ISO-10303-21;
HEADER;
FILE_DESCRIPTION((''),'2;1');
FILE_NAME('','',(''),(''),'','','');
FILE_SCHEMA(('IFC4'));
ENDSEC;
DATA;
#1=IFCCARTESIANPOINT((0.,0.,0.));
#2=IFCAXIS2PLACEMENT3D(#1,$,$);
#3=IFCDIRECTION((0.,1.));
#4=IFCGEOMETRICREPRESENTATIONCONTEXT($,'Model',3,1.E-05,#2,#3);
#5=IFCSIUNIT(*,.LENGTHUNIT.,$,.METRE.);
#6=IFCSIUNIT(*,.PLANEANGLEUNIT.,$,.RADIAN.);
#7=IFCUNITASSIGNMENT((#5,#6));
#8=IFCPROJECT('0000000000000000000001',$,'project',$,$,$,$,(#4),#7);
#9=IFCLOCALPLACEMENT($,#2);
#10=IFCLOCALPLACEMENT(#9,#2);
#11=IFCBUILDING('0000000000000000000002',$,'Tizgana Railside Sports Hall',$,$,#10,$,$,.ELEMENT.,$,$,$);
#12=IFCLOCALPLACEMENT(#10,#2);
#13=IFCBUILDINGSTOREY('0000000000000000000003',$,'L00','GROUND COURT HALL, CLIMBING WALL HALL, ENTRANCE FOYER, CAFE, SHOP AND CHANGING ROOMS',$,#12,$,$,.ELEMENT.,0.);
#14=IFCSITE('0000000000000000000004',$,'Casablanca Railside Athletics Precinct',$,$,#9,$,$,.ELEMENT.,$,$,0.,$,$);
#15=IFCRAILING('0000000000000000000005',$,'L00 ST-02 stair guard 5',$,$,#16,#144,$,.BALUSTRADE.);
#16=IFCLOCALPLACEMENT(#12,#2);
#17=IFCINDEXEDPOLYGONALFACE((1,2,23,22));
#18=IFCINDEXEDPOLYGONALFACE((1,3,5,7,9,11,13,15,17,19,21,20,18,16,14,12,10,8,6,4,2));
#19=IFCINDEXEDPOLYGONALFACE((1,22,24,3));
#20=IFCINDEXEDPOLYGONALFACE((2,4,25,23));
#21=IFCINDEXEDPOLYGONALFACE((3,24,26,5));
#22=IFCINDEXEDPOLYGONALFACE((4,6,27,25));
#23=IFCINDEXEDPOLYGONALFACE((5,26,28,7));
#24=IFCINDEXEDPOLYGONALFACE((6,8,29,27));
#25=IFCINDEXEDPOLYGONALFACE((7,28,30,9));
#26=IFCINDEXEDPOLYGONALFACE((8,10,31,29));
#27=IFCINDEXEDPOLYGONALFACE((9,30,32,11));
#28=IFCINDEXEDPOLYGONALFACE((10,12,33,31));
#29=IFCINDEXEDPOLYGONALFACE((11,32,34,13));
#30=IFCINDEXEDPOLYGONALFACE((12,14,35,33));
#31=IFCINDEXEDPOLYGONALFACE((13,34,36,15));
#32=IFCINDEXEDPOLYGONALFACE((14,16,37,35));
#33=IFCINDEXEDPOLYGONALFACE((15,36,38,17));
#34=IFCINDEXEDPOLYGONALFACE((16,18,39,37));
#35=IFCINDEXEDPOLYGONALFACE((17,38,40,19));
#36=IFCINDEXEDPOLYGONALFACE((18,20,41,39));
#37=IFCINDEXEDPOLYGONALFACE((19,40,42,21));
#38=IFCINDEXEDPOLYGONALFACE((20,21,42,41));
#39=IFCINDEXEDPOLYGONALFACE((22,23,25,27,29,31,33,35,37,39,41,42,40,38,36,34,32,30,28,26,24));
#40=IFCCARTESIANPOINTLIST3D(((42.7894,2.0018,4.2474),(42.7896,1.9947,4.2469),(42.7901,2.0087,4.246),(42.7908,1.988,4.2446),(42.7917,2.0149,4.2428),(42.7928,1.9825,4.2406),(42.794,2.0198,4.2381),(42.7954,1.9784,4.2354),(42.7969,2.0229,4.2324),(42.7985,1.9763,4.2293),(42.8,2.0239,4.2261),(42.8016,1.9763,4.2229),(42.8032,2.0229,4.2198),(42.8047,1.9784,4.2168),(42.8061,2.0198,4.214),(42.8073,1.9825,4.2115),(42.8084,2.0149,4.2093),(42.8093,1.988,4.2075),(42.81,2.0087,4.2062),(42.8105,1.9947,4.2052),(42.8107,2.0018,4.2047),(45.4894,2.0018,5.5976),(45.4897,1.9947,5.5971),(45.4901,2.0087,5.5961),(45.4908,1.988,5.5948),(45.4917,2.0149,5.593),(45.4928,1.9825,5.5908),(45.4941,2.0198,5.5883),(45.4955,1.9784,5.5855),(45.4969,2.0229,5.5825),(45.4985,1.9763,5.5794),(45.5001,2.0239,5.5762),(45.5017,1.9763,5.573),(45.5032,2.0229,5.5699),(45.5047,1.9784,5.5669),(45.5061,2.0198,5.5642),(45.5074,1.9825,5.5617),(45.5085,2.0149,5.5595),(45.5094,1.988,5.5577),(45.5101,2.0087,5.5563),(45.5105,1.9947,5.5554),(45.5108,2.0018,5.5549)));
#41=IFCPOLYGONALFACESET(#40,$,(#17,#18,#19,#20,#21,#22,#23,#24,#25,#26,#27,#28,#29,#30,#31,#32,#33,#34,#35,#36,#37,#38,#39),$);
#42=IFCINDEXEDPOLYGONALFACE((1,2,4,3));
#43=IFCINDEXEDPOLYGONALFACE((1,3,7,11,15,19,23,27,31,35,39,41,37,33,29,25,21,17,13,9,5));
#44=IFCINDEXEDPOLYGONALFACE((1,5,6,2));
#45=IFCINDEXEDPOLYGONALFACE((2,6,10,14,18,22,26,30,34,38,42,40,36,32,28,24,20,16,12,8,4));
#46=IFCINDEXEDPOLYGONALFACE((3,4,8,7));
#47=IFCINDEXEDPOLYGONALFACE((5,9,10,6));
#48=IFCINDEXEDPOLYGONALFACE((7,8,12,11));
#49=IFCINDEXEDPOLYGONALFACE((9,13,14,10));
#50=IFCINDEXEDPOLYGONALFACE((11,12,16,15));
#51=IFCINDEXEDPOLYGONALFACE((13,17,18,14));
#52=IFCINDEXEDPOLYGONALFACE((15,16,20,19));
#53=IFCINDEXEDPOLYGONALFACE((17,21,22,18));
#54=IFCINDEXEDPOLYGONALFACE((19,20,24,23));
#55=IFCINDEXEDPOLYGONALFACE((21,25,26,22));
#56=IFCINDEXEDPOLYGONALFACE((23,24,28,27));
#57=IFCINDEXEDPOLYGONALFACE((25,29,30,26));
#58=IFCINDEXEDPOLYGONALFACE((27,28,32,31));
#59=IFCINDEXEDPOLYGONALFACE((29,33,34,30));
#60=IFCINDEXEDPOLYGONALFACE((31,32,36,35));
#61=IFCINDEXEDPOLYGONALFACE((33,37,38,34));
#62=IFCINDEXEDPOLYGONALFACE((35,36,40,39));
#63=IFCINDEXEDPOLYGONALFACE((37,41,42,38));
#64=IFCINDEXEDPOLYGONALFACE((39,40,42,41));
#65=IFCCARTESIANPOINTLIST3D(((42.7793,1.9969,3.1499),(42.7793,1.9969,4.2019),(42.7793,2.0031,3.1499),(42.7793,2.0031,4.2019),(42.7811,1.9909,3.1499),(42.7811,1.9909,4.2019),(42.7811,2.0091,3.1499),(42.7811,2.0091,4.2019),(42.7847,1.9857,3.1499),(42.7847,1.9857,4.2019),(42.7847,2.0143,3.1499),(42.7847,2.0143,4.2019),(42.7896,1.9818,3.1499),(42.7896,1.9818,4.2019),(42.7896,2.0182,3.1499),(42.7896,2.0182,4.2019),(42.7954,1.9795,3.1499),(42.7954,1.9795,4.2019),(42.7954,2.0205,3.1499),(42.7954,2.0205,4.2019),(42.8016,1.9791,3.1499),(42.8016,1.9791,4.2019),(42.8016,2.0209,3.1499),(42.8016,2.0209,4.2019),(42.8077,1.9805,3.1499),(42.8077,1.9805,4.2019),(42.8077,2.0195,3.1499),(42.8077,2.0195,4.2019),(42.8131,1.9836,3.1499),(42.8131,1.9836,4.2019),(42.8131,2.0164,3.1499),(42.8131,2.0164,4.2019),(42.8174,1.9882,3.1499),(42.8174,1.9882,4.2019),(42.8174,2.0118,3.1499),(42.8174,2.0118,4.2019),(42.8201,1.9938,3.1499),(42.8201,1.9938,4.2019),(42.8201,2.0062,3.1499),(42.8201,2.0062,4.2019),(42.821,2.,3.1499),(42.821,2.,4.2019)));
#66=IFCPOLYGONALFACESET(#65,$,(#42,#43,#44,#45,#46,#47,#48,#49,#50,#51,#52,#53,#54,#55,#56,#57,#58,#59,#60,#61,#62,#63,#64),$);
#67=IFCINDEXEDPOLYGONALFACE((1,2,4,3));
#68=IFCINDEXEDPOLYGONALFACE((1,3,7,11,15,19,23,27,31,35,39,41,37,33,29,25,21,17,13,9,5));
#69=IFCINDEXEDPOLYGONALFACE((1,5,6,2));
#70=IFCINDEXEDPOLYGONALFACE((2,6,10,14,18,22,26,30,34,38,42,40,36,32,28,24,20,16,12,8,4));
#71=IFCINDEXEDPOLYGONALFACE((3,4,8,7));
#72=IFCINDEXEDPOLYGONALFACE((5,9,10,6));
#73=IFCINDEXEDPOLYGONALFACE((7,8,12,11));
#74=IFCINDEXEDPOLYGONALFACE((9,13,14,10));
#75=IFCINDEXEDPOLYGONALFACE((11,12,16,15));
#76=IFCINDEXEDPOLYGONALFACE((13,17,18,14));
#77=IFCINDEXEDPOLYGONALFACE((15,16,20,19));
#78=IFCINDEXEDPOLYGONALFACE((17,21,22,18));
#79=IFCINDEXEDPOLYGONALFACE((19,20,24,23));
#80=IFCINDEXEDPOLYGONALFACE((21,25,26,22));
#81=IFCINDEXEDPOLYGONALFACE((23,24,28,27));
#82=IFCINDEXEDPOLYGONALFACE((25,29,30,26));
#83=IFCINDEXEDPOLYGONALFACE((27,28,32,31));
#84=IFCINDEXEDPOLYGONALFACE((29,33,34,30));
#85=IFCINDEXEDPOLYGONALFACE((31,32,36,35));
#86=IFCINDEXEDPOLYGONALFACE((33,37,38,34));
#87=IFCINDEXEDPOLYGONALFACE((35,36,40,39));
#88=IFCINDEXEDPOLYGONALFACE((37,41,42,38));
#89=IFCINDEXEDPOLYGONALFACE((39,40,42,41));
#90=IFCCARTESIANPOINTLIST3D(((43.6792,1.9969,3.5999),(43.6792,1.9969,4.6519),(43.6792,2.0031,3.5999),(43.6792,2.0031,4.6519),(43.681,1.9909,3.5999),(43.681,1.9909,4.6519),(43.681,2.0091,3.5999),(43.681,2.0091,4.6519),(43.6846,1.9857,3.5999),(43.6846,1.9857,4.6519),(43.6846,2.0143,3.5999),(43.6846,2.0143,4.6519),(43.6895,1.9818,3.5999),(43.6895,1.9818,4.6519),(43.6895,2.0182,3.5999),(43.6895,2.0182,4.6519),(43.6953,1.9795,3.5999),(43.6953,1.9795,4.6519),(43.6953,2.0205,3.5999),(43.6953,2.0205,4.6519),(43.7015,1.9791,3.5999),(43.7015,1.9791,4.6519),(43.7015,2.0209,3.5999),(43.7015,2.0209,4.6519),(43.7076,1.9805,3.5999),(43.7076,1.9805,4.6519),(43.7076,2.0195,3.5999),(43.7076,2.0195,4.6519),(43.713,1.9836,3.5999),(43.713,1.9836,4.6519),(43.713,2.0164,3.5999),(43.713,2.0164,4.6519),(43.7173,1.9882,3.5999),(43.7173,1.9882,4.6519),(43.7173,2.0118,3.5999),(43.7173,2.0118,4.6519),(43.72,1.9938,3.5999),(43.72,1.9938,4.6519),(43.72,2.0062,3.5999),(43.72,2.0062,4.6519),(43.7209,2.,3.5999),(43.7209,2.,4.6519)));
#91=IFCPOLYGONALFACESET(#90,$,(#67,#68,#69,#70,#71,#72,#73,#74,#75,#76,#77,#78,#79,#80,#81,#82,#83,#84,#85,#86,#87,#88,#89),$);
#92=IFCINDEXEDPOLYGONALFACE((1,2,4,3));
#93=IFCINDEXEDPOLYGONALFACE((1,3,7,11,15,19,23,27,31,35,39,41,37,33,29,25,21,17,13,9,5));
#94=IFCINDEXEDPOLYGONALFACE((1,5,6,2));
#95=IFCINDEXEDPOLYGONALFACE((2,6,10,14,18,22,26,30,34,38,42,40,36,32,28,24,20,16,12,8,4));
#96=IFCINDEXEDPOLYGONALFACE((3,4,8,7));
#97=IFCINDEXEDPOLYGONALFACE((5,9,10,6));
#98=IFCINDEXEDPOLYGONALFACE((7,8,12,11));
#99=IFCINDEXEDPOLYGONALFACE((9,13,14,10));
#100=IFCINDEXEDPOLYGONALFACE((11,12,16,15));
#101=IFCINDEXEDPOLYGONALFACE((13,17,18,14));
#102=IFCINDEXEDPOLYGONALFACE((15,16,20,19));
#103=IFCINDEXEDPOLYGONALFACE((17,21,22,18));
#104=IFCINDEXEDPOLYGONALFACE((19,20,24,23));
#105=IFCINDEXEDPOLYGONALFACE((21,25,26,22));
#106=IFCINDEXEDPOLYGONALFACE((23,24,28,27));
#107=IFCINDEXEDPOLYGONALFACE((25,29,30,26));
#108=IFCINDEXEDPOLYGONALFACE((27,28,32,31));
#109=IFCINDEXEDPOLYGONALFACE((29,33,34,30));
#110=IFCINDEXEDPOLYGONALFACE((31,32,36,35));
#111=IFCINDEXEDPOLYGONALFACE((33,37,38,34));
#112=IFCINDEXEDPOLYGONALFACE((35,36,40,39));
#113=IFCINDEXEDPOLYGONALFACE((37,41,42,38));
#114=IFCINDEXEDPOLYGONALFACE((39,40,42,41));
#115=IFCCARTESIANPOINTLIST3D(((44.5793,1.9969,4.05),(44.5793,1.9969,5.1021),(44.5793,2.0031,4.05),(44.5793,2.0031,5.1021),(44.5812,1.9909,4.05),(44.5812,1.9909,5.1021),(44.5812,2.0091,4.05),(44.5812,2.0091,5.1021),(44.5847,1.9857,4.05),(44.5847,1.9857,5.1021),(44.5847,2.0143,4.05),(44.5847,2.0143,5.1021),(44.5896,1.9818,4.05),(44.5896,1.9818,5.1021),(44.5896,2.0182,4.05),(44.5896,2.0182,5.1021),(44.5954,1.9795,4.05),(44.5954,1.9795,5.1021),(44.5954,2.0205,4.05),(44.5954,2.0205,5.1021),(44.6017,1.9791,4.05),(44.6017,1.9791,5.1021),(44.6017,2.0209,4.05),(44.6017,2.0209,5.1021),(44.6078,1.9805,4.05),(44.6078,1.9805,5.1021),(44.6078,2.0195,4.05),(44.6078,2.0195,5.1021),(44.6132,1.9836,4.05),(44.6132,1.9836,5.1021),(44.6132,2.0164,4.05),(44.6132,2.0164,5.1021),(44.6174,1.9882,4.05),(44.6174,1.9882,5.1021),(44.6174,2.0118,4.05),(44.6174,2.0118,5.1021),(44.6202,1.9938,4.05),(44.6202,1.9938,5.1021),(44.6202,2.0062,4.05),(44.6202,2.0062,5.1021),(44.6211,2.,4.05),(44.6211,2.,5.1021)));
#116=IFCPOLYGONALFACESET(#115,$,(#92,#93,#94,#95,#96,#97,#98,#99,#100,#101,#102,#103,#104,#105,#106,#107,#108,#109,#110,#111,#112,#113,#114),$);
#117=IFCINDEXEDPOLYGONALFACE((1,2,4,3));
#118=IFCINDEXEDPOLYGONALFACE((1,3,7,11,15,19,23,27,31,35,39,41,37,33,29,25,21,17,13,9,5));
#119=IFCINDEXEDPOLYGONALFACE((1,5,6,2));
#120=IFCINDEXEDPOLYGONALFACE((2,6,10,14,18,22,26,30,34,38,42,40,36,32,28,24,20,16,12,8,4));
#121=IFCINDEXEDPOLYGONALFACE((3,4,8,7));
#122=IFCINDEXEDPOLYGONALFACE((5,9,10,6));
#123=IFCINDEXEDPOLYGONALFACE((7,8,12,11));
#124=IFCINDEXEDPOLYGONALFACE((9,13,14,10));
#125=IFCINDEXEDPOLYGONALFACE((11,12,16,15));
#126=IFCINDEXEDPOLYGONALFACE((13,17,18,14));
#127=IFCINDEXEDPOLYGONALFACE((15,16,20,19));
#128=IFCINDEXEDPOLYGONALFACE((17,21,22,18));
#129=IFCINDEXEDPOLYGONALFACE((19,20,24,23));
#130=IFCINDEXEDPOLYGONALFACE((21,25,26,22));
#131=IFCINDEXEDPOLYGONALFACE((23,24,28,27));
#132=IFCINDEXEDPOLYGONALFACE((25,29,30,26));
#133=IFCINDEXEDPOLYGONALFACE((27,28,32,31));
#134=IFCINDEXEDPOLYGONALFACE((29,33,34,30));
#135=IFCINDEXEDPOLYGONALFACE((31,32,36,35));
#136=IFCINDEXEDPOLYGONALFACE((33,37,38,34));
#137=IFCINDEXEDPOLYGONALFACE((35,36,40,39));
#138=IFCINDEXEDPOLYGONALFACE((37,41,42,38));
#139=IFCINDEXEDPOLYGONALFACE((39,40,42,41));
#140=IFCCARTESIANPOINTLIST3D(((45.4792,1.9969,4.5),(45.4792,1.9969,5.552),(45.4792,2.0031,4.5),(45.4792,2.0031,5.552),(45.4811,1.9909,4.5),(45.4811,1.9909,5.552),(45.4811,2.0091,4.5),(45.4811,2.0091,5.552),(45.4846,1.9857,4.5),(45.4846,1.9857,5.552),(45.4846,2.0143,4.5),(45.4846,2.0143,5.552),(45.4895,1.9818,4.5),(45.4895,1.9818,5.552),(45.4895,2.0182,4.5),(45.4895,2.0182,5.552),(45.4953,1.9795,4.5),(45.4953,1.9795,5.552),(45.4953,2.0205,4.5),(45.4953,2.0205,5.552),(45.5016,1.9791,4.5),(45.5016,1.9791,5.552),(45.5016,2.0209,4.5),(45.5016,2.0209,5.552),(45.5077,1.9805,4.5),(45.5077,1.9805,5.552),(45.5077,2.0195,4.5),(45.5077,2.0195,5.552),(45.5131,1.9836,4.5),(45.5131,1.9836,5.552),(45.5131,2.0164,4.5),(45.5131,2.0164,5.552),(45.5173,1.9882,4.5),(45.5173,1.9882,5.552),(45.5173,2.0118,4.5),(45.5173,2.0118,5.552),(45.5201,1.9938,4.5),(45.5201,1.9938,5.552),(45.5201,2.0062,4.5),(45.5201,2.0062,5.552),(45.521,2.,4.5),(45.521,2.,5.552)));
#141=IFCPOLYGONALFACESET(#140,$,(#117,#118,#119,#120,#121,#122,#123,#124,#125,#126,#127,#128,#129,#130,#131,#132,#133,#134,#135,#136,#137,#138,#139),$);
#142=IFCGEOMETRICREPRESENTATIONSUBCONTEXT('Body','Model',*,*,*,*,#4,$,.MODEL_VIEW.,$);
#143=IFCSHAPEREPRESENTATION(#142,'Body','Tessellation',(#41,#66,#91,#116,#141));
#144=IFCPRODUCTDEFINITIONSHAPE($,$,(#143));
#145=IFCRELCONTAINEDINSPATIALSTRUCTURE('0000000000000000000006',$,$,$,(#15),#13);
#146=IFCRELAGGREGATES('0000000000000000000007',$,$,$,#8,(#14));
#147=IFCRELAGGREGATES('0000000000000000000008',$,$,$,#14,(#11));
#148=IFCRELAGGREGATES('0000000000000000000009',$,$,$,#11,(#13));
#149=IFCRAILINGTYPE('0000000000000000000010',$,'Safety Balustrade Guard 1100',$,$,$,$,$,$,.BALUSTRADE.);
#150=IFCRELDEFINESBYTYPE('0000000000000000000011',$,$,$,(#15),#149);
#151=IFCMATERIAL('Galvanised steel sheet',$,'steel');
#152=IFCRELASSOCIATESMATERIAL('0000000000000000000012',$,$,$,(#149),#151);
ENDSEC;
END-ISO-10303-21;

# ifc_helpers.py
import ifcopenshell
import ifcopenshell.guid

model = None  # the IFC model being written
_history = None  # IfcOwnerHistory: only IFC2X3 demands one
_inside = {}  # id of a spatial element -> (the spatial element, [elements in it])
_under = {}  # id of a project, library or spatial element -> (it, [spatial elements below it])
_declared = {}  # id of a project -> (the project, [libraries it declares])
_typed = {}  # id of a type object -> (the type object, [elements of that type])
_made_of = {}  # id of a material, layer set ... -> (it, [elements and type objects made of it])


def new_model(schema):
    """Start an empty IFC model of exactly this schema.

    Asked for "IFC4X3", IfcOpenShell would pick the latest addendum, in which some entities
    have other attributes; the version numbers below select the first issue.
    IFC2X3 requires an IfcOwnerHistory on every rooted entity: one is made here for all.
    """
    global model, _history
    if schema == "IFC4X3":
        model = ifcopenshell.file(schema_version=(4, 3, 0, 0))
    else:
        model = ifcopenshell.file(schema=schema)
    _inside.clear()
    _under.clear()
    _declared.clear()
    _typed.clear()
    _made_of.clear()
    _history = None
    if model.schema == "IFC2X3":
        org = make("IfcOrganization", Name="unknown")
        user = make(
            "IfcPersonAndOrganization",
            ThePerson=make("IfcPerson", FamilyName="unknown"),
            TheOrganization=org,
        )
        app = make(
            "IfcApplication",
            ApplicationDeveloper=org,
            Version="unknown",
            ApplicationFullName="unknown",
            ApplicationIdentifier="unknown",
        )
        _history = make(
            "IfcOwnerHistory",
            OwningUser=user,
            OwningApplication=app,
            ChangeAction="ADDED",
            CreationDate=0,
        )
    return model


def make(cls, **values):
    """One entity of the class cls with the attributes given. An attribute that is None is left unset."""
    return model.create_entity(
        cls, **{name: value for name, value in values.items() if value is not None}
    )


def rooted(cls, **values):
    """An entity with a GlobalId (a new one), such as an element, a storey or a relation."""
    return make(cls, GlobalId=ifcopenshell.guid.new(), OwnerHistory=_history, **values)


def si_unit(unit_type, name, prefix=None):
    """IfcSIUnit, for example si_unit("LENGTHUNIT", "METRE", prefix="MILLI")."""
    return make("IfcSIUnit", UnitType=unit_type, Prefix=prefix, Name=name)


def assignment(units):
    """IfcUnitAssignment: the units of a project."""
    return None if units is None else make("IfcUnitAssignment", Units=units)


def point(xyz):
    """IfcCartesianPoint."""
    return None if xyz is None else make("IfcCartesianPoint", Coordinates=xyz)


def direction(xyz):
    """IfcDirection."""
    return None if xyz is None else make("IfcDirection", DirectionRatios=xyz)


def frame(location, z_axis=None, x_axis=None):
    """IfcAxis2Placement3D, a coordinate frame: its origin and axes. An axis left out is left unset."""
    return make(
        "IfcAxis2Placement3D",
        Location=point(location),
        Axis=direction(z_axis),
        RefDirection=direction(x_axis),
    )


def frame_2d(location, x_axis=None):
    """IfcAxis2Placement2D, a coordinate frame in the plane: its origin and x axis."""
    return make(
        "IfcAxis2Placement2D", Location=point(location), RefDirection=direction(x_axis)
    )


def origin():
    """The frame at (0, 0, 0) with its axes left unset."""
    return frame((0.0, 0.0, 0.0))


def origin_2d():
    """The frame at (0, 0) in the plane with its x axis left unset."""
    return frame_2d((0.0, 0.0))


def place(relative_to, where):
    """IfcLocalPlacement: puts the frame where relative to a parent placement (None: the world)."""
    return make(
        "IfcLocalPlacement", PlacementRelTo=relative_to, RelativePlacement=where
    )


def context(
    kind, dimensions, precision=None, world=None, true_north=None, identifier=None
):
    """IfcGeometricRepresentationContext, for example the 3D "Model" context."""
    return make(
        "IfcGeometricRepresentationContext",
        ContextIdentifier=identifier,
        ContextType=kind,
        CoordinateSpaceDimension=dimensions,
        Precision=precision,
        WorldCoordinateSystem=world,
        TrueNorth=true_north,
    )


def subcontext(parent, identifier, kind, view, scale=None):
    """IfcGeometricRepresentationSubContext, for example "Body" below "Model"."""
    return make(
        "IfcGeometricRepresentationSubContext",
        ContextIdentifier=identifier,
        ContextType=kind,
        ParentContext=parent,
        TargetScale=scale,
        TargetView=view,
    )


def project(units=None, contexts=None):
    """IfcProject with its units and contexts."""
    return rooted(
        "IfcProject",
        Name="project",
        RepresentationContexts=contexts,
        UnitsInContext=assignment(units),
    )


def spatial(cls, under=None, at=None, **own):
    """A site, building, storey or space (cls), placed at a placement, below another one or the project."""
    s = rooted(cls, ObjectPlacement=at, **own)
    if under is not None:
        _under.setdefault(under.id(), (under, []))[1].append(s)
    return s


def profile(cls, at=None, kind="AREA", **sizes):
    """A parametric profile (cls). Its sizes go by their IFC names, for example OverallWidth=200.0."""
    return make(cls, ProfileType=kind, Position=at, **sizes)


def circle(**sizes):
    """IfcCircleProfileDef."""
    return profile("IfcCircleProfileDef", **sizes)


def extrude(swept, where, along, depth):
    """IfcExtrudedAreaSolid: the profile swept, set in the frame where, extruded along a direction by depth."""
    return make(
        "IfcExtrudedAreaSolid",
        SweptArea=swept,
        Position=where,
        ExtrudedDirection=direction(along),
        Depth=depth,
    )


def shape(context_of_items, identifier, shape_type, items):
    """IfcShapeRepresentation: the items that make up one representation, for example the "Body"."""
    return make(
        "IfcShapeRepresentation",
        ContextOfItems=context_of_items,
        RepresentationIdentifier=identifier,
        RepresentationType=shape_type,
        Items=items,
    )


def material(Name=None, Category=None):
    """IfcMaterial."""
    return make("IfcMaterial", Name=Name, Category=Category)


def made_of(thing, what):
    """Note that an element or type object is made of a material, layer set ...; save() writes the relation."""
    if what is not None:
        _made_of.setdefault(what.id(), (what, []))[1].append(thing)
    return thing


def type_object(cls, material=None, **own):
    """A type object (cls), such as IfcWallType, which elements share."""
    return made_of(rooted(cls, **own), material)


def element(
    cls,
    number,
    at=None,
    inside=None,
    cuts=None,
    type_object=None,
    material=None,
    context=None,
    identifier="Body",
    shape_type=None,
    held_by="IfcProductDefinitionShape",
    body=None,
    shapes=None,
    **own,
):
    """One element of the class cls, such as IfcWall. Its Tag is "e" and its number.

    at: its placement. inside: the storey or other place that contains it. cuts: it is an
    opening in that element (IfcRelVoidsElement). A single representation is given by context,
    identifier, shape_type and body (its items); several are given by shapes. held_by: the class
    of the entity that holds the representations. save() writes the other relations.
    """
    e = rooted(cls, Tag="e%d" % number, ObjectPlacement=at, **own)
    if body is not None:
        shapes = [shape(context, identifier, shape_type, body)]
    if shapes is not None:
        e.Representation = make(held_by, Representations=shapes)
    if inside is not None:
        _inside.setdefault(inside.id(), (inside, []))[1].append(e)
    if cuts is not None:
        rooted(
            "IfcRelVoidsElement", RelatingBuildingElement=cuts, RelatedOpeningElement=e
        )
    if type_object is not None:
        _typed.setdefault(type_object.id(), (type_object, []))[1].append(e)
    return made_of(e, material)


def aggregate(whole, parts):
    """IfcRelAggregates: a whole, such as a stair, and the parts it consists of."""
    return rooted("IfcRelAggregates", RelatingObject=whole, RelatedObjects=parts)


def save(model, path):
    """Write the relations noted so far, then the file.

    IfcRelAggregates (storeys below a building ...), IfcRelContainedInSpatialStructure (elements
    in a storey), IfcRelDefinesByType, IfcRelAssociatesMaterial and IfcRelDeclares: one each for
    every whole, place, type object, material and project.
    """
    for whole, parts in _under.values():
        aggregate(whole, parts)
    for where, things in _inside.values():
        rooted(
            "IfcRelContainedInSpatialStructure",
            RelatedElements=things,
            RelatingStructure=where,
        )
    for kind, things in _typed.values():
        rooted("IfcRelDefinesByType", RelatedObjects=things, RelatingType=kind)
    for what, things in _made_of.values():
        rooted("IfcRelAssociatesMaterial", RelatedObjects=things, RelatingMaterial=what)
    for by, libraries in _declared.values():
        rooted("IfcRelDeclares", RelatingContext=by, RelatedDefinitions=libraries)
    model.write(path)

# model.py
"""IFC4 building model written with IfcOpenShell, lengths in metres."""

from ifc_helpers import new_model, si_unit, direction, frame, origin, origin_2d, place, context, subcontext, project, spatial, circle, extrude, material, type_object, element, save


model = new_model("IFC4")

# Units and contexts
model_context = context("Model", 3, precision=1e-05, world=origin(), true_north=direction((0.0, 1.0)))
body_context = subcontext(model_context, "Body", "Model", "MODEL_VIEW")
ifc_project = project(units=[si_unit("LENGTHUNIT", "METRE"), si_unit("PLANEANGLEUNIT", "RADIAN")], contexts=[model_context])

# Site, building, storey
site_placement = place(None, origin())
site = spatial("IfcSite", under=ifc_project, at=site_placement, Name="Casablanca Railside Athletics Precinct", CompositionType="ELEMENT", RefElevation=0.0)
building_placement = place(site_placement, origin())
building = spatial("IfcBuilding", under=site, at=building_placement, Name="Tizgana Railside Sports Hall", CompositionType="ELEMENT")
storey_placement = place(building_placement, origin())
storey = spatial("IfcBuildingStorey", under=building, at=storey_placement, Name="L00", Description="GROUND COURT HALL, CLIMBING WALL HALL, ENTRANCE FOYER, CAFE, SHOP AND CHANGING ROOMS", CompositionType="ELEMENT", Elevation=0.0)

# Railing
ifc_material_1 = material(Name="Galvanised steel sheet", Category="steel")
railing_type_1 = type_object("IfcRailingType", Name="Safety Balustrade Guard 1100", PredefinedType="BALUSTRADE", material=ifc_material_1)
railing_1_placement = place(storey_placement, frame((42.8, 2.0, 3.1499)))
element("IfcRailing", 1, at=railing_1_placement, inside=storey, type_object=railing_type_1, Name="L00 ST-02 stair guard 5", PredefinedType="BALUSTRADE", context=body_context, shape_type="SweptSolid", body=[
    extrude(circle(Radius=0.0239, at=origin_2d()), frame((0.0, 0.0, 1.0762), z_axis=(0.894411, 0.0, 0.447246), x_axis=(0.0, 1.0, 0.0)), (0.0, 0.0, 1.0), 3.0188),
    extrude(circle(Radius=0.021, at=origin_2d()), origin(), (0.0, 0.0, 1.0), 1.052),
    extrude(circle(Radius=0.021, at=origin_2d()), frame((0.8999, 0.0, 0.45)), (0.0, 0.0, 1.0), 1.052),
    extrude(circle(Radius=0.021, at=origin_2d()), frame((1.8, 0.0, 0.9001)), (0.0, 0.0, 1.0), 1.052),
    extrude(circle(Radius=0.021, at=origin_2d()), frame((2.7, 0.0, 1.3501)), (0.0, 0.0, 1.0), 1.052),
])

save(model, "model.ifc")
